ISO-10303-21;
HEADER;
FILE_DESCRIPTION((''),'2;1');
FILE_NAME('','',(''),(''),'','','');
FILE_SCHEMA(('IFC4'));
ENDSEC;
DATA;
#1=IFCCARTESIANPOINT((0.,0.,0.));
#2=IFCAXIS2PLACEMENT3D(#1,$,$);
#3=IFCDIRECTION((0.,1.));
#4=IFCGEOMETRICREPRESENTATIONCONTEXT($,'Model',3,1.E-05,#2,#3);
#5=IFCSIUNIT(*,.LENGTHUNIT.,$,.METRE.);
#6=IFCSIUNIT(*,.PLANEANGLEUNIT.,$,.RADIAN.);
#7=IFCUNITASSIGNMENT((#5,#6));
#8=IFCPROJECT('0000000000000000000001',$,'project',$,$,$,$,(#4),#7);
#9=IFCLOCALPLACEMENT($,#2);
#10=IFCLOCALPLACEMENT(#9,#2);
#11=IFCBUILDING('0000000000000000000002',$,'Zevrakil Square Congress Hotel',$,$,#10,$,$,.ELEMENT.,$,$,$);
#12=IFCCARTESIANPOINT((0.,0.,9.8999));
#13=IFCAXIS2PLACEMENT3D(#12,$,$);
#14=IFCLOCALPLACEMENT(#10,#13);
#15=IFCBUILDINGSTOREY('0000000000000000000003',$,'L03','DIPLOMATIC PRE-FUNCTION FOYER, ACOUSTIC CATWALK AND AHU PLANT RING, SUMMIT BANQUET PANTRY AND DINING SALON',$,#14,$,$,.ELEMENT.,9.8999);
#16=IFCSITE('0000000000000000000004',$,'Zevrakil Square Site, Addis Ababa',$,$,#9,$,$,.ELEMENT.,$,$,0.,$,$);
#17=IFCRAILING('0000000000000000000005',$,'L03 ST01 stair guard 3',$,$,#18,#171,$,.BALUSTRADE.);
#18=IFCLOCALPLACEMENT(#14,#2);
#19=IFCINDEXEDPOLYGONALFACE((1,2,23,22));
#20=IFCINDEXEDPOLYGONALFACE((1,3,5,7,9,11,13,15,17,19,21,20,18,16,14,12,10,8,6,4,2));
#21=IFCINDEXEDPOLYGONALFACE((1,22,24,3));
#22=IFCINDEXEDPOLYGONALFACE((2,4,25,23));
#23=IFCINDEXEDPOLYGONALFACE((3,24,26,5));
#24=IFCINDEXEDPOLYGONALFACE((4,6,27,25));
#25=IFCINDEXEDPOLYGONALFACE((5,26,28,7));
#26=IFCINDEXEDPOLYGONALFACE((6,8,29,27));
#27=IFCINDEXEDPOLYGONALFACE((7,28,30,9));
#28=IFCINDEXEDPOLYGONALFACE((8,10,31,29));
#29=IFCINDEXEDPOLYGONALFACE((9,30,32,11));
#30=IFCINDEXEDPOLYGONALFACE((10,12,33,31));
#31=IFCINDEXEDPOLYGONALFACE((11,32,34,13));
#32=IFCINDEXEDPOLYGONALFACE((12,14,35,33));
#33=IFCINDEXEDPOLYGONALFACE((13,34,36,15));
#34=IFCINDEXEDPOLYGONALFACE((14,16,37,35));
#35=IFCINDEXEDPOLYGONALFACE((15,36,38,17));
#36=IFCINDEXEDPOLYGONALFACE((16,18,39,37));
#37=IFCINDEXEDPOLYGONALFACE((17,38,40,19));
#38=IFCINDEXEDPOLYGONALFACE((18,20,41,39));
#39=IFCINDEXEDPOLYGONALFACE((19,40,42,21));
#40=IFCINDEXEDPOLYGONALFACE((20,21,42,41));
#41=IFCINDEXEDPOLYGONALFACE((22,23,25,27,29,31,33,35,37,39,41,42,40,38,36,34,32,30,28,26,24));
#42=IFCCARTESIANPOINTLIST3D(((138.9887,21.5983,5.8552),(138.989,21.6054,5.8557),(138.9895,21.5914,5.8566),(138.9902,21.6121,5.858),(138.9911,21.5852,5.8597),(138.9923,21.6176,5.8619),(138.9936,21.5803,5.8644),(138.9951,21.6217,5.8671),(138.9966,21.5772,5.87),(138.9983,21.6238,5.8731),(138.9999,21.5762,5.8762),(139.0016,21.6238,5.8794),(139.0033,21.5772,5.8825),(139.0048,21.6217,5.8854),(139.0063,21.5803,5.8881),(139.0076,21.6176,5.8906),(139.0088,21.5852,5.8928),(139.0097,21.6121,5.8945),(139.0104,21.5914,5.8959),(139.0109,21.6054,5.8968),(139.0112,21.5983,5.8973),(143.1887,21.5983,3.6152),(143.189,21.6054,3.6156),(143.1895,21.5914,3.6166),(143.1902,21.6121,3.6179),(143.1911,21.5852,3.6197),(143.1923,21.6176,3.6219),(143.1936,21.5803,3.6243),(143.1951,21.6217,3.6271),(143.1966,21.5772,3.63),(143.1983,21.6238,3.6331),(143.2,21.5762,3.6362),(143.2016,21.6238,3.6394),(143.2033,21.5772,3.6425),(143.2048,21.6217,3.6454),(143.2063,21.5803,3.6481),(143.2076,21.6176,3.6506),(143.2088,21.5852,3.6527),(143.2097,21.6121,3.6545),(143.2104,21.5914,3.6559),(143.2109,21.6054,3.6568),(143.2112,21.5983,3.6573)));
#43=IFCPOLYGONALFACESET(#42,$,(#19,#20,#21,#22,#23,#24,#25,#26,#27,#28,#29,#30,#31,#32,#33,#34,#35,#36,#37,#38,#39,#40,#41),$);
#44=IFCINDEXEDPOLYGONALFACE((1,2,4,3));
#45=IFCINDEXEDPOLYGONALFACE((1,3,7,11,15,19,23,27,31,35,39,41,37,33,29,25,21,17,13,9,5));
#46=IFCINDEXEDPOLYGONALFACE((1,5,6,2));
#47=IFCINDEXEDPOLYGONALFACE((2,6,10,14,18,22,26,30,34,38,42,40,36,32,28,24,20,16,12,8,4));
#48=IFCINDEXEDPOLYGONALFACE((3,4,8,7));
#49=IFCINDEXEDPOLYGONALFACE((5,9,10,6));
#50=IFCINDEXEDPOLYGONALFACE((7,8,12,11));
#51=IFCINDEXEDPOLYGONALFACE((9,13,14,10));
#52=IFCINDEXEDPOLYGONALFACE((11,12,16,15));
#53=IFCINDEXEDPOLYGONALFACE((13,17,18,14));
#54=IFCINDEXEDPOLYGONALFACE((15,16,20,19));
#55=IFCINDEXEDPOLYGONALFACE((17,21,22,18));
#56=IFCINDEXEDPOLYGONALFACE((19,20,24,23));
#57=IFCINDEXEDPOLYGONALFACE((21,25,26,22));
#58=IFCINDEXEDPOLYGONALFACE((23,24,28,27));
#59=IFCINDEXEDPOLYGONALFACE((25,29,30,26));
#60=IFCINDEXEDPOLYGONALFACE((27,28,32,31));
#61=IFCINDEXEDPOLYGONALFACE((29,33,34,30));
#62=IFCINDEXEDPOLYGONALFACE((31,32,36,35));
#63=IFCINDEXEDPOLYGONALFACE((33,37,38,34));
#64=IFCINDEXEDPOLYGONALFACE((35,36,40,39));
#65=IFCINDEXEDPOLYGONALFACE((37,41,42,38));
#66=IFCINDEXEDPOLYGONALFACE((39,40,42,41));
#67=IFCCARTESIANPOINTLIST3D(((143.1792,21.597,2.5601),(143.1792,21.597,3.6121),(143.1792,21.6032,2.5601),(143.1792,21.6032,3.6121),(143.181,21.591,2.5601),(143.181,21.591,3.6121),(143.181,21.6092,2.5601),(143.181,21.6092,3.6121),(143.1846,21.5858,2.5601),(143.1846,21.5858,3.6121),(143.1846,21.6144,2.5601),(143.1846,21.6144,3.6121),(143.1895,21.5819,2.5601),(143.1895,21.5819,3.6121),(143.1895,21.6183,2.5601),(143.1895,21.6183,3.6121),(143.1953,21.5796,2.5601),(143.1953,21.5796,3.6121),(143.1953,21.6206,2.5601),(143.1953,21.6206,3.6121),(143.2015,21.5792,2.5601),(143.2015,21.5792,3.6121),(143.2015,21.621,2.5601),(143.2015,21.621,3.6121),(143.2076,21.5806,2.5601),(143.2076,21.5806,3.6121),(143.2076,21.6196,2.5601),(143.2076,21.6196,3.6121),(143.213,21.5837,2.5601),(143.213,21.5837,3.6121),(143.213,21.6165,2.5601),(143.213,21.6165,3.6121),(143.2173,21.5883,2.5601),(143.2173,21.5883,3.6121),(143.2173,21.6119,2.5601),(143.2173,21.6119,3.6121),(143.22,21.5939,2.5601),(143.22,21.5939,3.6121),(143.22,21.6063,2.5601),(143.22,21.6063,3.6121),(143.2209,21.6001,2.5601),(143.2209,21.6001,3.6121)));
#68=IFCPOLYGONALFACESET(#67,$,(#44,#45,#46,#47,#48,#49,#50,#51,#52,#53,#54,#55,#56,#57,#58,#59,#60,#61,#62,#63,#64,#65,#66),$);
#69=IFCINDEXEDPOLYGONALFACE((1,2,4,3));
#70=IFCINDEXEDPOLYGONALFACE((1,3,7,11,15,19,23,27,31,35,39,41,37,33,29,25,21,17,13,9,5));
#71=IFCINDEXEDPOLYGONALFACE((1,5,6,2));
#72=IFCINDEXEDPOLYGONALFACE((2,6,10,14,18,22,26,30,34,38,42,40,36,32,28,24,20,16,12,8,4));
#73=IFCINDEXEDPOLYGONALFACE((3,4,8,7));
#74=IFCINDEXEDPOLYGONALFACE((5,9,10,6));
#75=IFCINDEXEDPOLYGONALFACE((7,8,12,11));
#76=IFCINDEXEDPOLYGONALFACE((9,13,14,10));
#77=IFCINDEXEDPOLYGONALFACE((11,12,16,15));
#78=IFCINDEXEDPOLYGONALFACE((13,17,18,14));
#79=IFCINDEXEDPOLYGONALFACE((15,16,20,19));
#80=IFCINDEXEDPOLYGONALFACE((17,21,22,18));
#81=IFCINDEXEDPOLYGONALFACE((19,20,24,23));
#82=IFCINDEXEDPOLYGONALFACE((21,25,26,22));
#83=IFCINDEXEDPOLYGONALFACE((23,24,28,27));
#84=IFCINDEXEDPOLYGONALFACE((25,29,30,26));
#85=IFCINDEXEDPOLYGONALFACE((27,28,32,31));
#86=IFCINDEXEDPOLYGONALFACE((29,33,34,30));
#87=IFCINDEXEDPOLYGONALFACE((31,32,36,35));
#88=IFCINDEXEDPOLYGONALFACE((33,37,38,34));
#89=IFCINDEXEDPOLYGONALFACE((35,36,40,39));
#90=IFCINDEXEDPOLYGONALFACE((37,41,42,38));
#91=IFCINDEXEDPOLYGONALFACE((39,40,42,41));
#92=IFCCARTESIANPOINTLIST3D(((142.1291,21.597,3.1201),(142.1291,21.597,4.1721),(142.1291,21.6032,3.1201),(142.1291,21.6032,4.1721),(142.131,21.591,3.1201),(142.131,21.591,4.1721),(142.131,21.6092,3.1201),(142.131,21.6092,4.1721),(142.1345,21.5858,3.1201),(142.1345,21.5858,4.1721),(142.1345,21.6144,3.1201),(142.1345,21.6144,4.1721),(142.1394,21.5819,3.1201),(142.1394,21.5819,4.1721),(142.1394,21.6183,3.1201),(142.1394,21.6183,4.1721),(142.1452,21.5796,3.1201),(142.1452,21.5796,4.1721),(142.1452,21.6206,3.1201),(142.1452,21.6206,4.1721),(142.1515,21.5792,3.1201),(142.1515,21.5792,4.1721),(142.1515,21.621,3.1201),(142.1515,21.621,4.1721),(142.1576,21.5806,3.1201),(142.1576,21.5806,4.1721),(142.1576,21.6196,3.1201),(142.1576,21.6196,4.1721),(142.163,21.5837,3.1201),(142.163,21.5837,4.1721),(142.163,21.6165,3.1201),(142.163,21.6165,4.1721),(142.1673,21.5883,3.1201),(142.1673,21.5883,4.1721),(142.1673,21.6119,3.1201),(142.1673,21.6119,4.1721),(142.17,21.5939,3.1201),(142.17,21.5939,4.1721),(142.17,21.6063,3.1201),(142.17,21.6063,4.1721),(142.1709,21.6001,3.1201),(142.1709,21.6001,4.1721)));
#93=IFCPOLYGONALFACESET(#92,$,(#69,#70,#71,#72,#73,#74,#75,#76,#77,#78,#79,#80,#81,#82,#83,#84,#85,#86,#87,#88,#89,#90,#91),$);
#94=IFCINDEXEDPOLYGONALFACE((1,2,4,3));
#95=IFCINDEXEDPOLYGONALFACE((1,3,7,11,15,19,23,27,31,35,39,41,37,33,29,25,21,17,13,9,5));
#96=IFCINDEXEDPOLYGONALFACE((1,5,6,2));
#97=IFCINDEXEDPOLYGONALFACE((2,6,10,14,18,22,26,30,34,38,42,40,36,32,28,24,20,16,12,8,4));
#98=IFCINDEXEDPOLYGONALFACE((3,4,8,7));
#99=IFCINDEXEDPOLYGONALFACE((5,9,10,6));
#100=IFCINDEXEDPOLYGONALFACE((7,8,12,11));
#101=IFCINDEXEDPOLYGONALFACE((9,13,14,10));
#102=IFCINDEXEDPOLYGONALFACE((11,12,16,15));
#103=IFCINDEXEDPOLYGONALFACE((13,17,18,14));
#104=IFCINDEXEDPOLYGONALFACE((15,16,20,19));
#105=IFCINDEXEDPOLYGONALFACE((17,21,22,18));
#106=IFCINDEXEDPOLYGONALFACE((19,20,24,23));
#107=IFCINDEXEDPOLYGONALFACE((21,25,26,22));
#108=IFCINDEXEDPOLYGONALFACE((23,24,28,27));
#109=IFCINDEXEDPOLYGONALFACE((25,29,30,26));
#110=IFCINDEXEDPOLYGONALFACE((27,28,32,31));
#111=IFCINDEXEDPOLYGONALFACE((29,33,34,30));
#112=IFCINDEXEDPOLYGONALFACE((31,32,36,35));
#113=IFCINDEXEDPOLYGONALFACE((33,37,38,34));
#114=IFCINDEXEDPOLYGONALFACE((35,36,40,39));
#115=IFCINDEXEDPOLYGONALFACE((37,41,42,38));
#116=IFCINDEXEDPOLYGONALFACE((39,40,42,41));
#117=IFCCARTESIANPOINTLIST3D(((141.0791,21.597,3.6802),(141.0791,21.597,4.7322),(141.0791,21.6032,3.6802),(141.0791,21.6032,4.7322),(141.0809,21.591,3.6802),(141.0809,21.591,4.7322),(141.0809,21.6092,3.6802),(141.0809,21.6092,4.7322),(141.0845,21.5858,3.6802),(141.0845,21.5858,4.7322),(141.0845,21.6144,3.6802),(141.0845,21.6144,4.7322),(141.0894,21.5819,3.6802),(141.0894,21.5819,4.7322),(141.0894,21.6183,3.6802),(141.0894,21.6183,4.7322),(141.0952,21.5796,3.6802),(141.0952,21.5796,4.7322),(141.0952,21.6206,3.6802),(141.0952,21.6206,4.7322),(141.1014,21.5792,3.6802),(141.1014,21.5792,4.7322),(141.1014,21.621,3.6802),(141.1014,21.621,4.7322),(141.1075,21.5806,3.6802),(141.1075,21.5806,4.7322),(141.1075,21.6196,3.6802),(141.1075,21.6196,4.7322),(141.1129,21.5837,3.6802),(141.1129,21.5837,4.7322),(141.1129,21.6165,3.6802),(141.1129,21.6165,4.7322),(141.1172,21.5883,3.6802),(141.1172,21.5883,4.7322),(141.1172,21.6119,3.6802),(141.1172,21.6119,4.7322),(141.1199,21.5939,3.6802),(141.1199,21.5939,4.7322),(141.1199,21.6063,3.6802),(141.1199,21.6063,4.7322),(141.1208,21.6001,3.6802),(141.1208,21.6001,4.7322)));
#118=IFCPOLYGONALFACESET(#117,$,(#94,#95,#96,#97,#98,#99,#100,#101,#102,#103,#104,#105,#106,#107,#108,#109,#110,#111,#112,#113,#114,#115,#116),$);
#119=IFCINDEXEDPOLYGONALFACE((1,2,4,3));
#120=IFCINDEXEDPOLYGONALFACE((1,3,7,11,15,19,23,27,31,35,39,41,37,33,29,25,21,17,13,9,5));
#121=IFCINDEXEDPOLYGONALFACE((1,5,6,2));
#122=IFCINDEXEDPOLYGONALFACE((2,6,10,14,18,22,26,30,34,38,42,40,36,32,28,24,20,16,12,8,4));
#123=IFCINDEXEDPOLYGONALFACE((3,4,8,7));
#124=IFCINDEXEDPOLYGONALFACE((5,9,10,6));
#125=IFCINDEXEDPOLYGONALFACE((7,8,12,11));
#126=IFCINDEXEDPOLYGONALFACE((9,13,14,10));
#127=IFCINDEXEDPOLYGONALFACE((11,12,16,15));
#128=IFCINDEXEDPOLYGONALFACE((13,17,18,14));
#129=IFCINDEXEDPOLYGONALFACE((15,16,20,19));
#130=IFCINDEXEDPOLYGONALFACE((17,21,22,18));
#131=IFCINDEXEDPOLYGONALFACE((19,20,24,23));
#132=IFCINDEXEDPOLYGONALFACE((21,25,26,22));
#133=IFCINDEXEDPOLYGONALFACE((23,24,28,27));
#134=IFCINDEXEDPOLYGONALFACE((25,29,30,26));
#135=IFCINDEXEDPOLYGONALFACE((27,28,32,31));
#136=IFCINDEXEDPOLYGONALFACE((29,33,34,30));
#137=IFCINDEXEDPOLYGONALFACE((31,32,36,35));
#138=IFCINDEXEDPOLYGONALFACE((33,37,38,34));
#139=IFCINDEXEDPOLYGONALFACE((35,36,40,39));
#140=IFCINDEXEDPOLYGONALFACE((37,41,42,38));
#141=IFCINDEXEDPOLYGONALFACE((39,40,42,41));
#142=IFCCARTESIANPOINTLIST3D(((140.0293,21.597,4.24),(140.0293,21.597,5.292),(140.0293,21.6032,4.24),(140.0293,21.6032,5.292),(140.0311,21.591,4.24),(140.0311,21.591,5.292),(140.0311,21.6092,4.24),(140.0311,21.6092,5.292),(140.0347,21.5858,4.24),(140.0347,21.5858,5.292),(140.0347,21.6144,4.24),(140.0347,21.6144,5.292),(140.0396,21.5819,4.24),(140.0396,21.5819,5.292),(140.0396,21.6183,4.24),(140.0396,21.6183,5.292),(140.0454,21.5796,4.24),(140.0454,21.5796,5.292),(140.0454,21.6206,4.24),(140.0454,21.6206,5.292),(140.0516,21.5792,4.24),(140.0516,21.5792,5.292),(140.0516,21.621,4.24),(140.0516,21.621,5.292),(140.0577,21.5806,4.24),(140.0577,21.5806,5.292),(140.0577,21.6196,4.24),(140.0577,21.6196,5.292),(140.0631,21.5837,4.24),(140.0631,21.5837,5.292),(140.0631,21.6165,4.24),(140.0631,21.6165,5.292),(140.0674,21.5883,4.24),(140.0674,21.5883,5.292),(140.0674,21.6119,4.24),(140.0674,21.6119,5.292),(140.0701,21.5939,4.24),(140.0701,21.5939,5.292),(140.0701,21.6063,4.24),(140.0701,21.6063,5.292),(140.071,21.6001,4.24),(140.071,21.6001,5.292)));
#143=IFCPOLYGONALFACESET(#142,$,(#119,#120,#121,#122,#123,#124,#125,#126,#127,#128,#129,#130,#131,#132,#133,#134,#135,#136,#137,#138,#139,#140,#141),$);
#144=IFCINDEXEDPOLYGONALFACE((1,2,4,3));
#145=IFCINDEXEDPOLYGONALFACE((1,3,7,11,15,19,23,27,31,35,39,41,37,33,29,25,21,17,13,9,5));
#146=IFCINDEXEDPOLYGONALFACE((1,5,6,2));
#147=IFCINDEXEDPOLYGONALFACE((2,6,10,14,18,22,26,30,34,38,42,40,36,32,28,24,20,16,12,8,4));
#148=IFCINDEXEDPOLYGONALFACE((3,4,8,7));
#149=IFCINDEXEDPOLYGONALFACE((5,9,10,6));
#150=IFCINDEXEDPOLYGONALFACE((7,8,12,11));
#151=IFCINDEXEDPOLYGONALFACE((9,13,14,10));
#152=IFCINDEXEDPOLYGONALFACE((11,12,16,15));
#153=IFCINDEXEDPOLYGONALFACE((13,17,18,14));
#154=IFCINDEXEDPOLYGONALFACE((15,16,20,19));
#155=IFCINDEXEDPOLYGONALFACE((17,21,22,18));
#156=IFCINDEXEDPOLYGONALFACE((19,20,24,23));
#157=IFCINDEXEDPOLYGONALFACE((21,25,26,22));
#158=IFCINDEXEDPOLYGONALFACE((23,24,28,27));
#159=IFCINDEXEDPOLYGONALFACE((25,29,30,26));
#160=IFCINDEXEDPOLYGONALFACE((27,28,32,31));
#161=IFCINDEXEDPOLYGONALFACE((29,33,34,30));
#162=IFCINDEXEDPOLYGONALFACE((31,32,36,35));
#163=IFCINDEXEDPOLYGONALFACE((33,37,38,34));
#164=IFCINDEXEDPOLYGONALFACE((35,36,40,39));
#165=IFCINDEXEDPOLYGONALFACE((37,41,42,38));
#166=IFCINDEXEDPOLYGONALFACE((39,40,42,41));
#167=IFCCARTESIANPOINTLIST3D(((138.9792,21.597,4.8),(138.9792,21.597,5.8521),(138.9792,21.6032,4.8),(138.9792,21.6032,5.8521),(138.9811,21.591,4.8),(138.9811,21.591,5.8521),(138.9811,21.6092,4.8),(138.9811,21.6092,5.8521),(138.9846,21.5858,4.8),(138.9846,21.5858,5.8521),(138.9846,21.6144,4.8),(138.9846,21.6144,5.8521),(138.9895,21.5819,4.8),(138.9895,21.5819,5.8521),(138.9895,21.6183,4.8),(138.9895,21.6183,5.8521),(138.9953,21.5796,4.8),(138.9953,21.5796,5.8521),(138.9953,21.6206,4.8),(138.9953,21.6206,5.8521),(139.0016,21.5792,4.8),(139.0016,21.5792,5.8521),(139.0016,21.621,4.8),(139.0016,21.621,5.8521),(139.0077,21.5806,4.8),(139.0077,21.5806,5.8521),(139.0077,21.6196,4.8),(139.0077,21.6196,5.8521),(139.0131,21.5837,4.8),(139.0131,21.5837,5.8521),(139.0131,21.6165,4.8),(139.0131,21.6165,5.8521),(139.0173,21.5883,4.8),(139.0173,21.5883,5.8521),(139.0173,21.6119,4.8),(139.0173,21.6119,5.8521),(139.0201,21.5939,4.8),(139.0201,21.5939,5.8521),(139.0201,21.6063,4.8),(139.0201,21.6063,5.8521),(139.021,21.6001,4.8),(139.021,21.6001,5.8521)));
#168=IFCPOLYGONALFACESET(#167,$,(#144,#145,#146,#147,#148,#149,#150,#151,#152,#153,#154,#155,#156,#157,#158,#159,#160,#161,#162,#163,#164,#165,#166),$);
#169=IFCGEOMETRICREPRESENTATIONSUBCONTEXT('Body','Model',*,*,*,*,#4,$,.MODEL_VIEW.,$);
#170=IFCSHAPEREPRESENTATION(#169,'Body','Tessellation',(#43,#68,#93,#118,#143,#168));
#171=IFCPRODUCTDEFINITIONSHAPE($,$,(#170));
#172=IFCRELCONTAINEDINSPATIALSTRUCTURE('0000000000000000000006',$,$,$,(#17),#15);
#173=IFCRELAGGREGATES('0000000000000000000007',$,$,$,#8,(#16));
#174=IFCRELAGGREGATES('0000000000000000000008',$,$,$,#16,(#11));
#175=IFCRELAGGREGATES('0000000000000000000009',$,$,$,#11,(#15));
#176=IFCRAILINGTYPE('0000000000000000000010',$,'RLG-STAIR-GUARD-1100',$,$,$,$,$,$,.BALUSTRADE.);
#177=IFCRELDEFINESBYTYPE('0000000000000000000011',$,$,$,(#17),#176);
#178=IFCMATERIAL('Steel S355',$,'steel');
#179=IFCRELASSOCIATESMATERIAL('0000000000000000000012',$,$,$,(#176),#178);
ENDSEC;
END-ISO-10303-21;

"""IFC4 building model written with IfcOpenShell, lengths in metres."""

from ifc_helpers import new_model, si_unit, direction, frame, origin, origin_2d, place, context, subcontext, project, spatial, circle, extrude, material, type_object, element, save


model = new_model("IFC4")

# Units and contexts
model_context = context("Model", 3, precision=1e-05, world=origin(), true_north=direction((0.0, 1.0)))
body_context = subcontext(model_context, "Body", "Model", "MODEL_VIEW")
ifc_project = project(units=[si_unit("LENGTHUNIT", "METRE"), si_unit("PLANEANGLEUNIT", "RADIAN")], contexts=[model_context])

# Site, building, storey
site_placement = place(None, origin())
site = spatial("IfcSite", under=ifc_project, at=site_placement, Name="Zevrakil Square Site, Addis Ababa", CompositionType="ELEMENT", RefElevation=0.0)
building_placement = place(site_placement, origin())
building = spatial("IfcBuilding", under=site, at=building_placement, Name="Zevrakil Square Congress Hotel", CompositionType="ELEMENT")
storey_placement = place(building_placement, frame((0.0, 0.0, 9.8999)))
storey = spatial("IfcBuildingStorey", under=building, at=storey_placement, Name="L03", Description="DIPLOMATIC PRE-FUNCTION FOYER, ACOUSTIC CATWALK AND AHU PLANT RING, SUMMIT BANQUET PANTRY AND DINING SALON", CompositionType="ELEMENT", Elevation=9.8999)

# Railing
ifc_material_1 = material(Name="Steel S355", Category="steel")
railing_type_1 = type_object("IfcRailingType", Name="RLG-STAIR-GUARD-1100", PredefinedType="BALUSTRADE", material=ifc_material_1)
railing_1_placement = place(storey_placement, frame((143.2, 21.6001, 2.5601)))
element("IfcRailing", 1, at=railing_1_placement, inside=storey, type_object=railing_type_1, Name="L03 ST01 stair guard 3", PredefinedType="BALUSTRADE", context=body_context, shape_type="SweptSolid", body=[
    extrude(circle(Radius=0.0239, at=origin_2d()), frame((0.0, 0.0, 1.0762), z_axis=(-0.882352, 0.0, 0.470591), x_axis=(0.0, -1.0, 0.0)), (0.0, 0.0, 1.0), 4.76),
    extrude(circle(Radius=0.021, at=origin_2d()), origin(), (0.0, 0.0, 1.0), 1.052),
    extrude(circle(Radius=0.021, at=origin_2d()), frame((-1.05, 0.0, 0.5601)), (0.0, 0.0, 1.0), 1.052),
    extrude(circle(Radius=0.021, at=origin_2d()), frame((-2.1001, 0.0, 1.1201)), (0.0, 0.0, 1.0), 1.052),
    extrude(circle(Radius=0.021, at=origin_2d()), frame((-3.1499, 0.0, 1.6799)), (0.0, 0.0, 1.0), 1.052),
    extrude(circle(Radius=0.021, at=origin_2d()), frame((-4.2, 0.0, 2.24)), (0.0, 0.0, 1.0), 1.052),
])

save(model, "model.ifc")
